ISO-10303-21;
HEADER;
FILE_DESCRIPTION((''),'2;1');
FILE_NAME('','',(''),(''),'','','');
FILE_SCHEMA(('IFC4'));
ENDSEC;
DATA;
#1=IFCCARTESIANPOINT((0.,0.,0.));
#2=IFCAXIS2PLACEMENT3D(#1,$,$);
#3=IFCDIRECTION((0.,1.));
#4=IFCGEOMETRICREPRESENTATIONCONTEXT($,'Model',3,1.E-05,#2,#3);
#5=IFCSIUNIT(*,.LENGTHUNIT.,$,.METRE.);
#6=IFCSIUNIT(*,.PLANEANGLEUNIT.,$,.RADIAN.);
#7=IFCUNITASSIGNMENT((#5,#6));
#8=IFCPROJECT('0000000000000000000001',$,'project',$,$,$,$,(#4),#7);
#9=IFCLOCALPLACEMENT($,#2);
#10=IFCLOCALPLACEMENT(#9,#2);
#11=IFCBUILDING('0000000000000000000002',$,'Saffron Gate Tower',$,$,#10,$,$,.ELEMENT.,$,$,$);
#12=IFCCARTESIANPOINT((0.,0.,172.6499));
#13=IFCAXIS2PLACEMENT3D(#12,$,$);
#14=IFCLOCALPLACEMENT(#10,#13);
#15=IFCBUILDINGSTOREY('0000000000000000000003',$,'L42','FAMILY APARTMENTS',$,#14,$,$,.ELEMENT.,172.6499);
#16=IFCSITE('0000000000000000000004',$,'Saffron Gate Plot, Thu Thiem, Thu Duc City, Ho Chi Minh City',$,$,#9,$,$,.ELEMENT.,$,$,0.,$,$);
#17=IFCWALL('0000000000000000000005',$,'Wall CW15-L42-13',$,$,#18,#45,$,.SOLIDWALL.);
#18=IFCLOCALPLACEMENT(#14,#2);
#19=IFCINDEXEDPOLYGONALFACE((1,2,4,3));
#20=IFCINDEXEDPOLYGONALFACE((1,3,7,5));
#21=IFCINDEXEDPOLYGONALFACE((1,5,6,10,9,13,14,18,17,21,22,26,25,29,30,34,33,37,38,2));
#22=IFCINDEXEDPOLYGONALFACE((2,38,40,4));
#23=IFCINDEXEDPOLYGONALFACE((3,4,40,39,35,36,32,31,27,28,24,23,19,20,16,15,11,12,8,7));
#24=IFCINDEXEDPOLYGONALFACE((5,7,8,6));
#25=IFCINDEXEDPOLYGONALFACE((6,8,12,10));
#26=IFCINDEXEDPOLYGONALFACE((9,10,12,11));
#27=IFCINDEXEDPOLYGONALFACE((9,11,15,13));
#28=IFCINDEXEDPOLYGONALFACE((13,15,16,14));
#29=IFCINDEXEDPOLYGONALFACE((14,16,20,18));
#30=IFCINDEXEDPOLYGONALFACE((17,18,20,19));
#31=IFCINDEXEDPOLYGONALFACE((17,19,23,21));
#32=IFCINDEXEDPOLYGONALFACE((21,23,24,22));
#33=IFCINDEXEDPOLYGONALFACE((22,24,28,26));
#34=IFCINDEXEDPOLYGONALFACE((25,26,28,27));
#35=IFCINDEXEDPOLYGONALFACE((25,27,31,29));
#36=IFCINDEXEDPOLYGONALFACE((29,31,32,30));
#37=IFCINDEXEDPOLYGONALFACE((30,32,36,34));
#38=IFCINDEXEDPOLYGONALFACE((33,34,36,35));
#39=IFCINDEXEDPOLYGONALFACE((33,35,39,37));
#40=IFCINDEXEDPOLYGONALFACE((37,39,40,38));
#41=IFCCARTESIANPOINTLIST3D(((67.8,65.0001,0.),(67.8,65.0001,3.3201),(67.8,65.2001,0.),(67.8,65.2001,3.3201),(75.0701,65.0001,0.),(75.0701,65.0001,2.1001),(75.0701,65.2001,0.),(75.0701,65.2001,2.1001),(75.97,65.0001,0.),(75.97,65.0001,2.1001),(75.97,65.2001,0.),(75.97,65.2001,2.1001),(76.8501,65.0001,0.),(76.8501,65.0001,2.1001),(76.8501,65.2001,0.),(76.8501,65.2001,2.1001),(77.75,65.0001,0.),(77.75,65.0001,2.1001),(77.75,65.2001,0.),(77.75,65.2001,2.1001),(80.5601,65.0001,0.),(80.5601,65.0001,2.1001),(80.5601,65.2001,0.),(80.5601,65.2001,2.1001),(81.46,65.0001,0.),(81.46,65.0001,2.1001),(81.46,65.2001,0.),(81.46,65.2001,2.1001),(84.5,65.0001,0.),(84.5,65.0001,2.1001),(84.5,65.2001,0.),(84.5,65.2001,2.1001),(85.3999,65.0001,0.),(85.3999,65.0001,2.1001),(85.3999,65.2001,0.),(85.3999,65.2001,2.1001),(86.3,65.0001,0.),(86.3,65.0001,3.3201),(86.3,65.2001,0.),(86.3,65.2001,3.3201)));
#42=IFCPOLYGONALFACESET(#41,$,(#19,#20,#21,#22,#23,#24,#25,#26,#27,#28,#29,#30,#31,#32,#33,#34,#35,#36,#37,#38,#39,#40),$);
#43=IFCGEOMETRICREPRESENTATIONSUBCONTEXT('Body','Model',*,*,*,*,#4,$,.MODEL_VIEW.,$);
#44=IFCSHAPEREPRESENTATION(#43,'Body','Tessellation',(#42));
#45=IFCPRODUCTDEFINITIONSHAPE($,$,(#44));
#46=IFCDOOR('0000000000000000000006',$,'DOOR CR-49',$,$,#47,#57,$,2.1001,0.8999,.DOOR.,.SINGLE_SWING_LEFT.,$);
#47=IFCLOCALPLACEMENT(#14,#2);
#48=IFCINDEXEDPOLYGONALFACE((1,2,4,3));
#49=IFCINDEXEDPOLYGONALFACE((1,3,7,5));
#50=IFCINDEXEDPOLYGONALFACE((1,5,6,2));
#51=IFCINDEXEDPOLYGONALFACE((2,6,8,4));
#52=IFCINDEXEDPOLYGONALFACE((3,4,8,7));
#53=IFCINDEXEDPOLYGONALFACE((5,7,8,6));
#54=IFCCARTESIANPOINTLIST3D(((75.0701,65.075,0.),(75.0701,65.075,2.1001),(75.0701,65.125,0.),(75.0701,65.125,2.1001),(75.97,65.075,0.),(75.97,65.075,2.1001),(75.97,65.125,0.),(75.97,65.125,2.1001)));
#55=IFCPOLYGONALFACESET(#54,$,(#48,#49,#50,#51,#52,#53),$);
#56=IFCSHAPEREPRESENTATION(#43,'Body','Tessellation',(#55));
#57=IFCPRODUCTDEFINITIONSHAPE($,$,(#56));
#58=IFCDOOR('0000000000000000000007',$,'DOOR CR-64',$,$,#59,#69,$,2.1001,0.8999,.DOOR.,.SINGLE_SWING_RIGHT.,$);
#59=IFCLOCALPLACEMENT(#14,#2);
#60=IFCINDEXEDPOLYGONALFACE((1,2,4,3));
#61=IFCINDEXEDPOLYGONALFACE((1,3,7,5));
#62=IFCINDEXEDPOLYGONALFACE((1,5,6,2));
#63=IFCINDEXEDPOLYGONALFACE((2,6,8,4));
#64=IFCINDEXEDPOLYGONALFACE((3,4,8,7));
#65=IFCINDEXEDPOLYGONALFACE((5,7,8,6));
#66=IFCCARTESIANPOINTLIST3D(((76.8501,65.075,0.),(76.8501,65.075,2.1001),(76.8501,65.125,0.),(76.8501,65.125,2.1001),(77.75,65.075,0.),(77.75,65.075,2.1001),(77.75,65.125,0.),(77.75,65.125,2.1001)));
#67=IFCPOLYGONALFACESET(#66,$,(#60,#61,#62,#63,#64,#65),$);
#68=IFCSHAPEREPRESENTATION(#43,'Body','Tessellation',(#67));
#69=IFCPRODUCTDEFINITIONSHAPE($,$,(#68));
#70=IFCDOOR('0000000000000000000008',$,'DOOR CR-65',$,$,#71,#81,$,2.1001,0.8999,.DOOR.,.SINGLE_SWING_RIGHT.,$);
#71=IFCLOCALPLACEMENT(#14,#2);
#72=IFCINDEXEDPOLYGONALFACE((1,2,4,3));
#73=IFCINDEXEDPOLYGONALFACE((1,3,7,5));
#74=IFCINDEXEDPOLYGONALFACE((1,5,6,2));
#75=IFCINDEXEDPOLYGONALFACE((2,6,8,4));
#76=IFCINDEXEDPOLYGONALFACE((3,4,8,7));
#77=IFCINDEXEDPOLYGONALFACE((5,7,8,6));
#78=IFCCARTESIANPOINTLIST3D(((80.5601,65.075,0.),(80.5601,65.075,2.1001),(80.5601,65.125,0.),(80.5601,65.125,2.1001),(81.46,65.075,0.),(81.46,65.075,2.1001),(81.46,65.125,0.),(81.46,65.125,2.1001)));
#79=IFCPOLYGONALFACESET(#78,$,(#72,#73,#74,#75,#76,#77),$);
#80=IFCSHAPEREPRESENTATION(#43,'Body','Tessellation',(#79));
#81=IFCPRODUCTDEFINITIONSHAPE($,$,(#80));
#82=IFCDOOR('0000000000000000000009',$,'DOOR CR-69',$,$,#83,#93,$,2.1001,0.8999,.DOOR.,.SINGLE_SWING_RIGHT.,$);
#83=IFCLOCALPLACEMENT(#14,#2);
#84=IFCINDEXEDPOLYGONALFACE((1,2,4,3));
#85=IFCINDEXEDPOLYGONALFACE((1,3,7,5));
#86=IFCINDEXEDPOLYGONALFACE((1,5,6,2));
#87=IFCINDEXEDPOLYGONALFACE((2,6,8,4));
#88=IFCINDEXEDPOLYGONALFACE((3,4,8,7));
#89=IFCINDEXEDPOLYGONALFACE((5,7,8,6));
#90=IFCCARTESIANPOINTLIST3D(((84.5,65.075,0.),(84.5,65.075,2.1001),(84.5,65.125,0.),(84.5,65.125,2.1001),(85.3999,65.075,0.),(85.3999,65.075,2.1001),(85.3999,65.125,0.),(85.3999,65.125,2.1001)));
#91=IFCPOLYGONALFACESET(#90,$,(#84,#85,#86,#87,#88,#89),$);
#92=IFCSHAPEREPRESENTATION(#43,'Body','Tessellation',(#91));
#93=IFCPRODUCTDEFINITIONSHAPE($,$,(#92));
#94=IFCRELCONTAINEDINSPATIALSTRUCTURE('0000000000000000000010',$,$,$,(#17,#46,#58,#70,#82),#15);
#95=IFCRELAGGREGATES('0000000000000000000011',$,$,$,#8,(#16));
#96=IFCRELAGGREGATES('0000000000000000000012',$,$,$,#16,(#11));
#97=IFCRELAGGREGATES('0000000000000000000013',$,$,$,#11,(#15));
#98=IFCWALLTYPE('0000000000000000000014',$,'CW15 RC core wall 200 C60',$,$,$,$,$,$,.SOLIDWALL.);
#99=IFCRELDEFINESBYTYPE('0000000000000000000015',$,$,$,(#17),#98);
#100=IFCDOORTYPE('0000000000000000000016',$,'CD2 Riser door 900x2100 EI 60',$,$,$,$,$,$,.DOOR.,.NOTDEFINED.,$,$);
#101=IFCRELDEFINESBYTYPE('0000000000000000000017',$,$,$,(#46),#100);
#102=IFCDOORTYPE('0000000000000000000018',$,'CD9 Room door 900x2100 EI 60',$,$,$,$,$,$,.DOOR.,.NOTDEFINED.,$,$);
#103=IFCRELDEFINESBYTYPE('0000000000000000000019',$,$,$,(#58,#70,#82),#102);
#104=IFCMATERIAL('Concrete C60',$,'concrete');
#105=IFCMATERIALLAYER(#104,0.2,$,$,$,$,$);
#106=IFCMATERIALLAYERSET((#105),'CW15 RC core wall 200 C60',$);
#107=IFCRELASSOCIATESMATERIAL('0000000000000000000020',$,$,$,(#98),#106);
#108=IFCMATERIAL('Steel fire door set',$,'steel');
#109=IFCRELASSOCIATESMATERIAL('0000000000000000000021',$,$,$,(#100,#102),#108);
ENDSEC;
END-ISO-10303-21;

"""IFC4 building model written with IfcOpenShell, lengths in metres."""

from ifc_helpers import new_model, si_unit, direction, frame, frame_2d, origin, place, context, subcontext, project, spatial, rectangle, extrude, material, layer, layer_set, type_object, element, fill, save


model = new_model("IFC4")

# Units and contexts
model_context = context("Model", 3, precision=1e-05, world=origin(), true_north=direction((0.0, 1.0)))
body_context = subcontext(model_context, "Body", "Model", "MODEL_VIEW")
ifc_project = project(units=[si_unit("LENGTHUNIT", "METRE"), si_unit("PLANEANGLEUNIT", "RADIAN")], contexts=[model_context])

# Site, building, storey
site_placement = place(None, origin())
site = spatial("IfcSite", under=ifc_project, at=site_placement, Name="Saffron Gate Plot, Thu Thiem, Thu Duc City, Ho Chi Minh City", CompositionType="ELEMENT", RefElevation=0.0)
building_placement = place(site_placement, origin())
building = spatial("IfcBuilding", under=site, at=building_placement, Name="Saffron Gate Tower", CompositionType="ELEMENT")
storey_placement = place(building_placement, frame((0.0, 0.0, 172.6499)))
storey = spatial("IfcBuildingStorey", under=building, at=storey_placement, Name="L42", Description="FAMILY APARTMENTS", CompositionType="ELEMENT", Elevation=172.6499)

# Shared definitions
ifc_material_1 = material(Name="Concrete C60", Category="concrete")
ifc_material_2 = material(Name="Steel fire door set", Category="steel")

# Wall, openings, doors
ifc_layer_1 = layer(ifc_material_1, 0.2)
ifc_layer_set_1 = layer_set([ifc_layer_1], Name="CW15 RC core wall 200 C60")
wall_type_1 = type_object("IfcWallType", Name="CW15 RC core wall 200 C60", PredefinedType="SOLIDWALL", material=ifc_layer_set_1)
wall_1_placement = place(storey_placement, frame((67.8, 65.1001, 0.0), z_axis=(0.0, 0.0, 1.0), x_axis=(1.0, 0.0, 0.0)))
wall_1 = element("IfcWall", 1, at=wall_1_placement, inside=storey, type_object=wall_type_1, Name="Wall CW15-L42-13", PredefinedType="SOLIDWALL", context=body_context, shape_type="SweptSolid", body=[
    extrude(rectangle(XDim=18.5, YDim=0.2, at=frame_2d((9.25, 0.0))), origin(), (0.0, 0.0, 1.0), 3.3201),
])
opening_1_placement = place(wall_1_placement, frame((7.27, 0.0, 0.0)))
opening_1 = element("IfcOpeningElement", 2, at=opening_1_placement, cuts=wall_1, PredefinedType="OPENING", context=body_context, shape_type="SweptSolid", body=[
    extrude(rectangle(XDim=0.8999, YDim=2.1001, at=frame_2d((0.45, 1.05))), frame((0.0, 0.1099, 0.0), z_axis=(0.0, -1.0, 0.0), x_axis=(1.0, 0.0, 0.0)), (0.0, 0.0, 1.0), 0.22),
])
opening_2_placement = place(wall_1_placement, frame((9.05, 0.0, 0.0)))
opening_2 = element("IfcOpeningElement", 3, at=opening_2_placement, cuts=wall_1, PredefinedType="OPENING", context=body_context, shape_type="SweptSolid", body=[
    extrude(rectangle(XDim=0.8999, YDim=2.1001, at=frame_2d((0.45, 1.05))), frame((0.0, 0.1099, 0.0), z_axis=(0.0, -1.0, 0.0), x_axis=(1.0, 0.0, 0.0)), (0.0, 0.0, 1.0), 0.22),
])
opening_3_placement = place(wall_1_placement, frame((12.76, 0.0, 0.0)))
opening_3 = element("IfcOpeningElement", 4, at=opening_3_placement, cuts=wall_1, PredefinedType="OPENING", context=body_context, shape_type="SweptSolid", body=[
    extrude(rectangle(XDim=0.8999, YDim=2.1001, at=frame_2d((0.45, 1.05))), frame((0.0, 0.1099, 0.0), z_axis=(0.0, -1.0, 0.0), x_axis=(1.0, 0.0, 0.0)), (0.0, 0.0, 1.0), 0.22),
])
opening_4_placement = place(wall_1_placement, frame((16.7, 0.0, 0.0)))
opening_4 = element("IfcOpeningElement", 5, at=opening_4_placement, cuts=wall_1, PredefinedType="OPENING", context=body_context, shape_type="SweptSolid", body=[
    extrude(rectangle(XDim=0.8999, YDim=2.1001, at=frame_2d((0.45, 1.05))), frame((0.0, 0.1099, 0.0), z_axis=(0.0, -1.0, 0.0), x_axis=(1.0, 0.0, 0.0)), (0.0, 0.0, 1.0), 0.22),
])
door_type_1 = type_object("IfcDoorType", Name="CD2 Riser door 900x2100 EI 60", OperationType="NOTDEFINED", PredefinedType="DOOR", material=ifc_material_2)
door_1_placement = place(opening_1_placement, origin())
door_1 = element("IfcDoor", 6, at=door_1_placement, inside=storey, type_object=door_type_1, Name="DOOR CR-49", OperationType="SINGLE_SWING_LEFT", OverallHeight=2.1001, OverallWidth=0.8999, PredefinedType="DOOR", context=body_context, shape_type="SweptSolid", body=[
    extrude(rectangle(XDim=0.8999, YDim=2.1001, at=frame_2d((0.45, 1.05))), frame((0.0, 0.0249, 0.0), z_axis=(0.0, -1.0, 0.0), x_axis=(1.0, 0.0, 0.0)), (0.0, 0.0, 1.0), 0.05),
])
fill(opening_1, door_1)
door_type_2 = type_object("IfcDoorType", Name="CD9 Room door 900x2100 EI 60", OperationType="NOTDEFINED", PredefinedType="DOOR", material=ifc_material_2)
door_2_placement = place(opening_2_placement, origin())
door_2 = element("IfcDoor", 7, at=door_2_placement, inside=storey, type_object=door_type_2, Name="DOOR CR-64", OperationType="SINGLE_SWING_RIGHT", OverallHeight=2.1001, OverallWidth=0.8999, PredefinedType="DOOR", context=body_context, shape_type="SweptSolid", body=[
    extrude(rectangle(XDim=0.8999, YDim=2.1001, at=frame_2d((0.45, 1.05))), frame((0.0, 0.0249, 0.0), z_axis=(0.0, -1.0, 0.0), x_axis=(1.0, 0.0, 0.0)), (0.0, 0.0, 1.0), 0.05),
])
fill(opening_2, door_2)
door_3_placement = place(opening_3_placement, origin())
door_3 = element("IfcDoor", 8, at=door_3_placement, inside=storey, type_object=door_type_2, Name="DOOR CR-65", OperationType="SINGLE_SWING_RIGHT", OverallHeight=2.1001, OverallWidth=0.8999, PredefinedType="DOOR", context=body_context, shape_type="SweptSolid", body=[
    extrude(rectangle(XDim=0.8999, YDim=2.1001, at=frame_2d((0.45, 1.05))), frame((0.0, 0.0249, 0.0), z_axis=(0.0, -1.0, 0.0), x_axis=(1.0, 0.0, 0.0)), (0.0, 0.0, 1.0), 0.05),
])
fill(opening_3, door_3)
door_4_placement = place(opening_4_placement, origin())
door_4 = element("IfcDoor", 9, at=door_4_placement, inside=storey, type_object=door_type_2, Name="DOOR CR-69", OperationType="SINGLE_SWING_RIGHT", OverallHeight=2.1001, OverallWidth=0.8999, PredefinedType="DOOR", context=body_context, shape_type="SweptSolid", body=[
    extrude(rectangle(XDim=0.8999, YDim=2.1001, at=frame_2d((0.45, 1.05))), frame((0.0, 0.0249, 0.0), z_axis=(0.0, -1.0, 0.0), x_axis=(1.0, 0.0, 0.0)), (0.0, 0.0, 1.0), 0.05),
])
fill(opening_4, door_4)

save(model, "model.ifc")
